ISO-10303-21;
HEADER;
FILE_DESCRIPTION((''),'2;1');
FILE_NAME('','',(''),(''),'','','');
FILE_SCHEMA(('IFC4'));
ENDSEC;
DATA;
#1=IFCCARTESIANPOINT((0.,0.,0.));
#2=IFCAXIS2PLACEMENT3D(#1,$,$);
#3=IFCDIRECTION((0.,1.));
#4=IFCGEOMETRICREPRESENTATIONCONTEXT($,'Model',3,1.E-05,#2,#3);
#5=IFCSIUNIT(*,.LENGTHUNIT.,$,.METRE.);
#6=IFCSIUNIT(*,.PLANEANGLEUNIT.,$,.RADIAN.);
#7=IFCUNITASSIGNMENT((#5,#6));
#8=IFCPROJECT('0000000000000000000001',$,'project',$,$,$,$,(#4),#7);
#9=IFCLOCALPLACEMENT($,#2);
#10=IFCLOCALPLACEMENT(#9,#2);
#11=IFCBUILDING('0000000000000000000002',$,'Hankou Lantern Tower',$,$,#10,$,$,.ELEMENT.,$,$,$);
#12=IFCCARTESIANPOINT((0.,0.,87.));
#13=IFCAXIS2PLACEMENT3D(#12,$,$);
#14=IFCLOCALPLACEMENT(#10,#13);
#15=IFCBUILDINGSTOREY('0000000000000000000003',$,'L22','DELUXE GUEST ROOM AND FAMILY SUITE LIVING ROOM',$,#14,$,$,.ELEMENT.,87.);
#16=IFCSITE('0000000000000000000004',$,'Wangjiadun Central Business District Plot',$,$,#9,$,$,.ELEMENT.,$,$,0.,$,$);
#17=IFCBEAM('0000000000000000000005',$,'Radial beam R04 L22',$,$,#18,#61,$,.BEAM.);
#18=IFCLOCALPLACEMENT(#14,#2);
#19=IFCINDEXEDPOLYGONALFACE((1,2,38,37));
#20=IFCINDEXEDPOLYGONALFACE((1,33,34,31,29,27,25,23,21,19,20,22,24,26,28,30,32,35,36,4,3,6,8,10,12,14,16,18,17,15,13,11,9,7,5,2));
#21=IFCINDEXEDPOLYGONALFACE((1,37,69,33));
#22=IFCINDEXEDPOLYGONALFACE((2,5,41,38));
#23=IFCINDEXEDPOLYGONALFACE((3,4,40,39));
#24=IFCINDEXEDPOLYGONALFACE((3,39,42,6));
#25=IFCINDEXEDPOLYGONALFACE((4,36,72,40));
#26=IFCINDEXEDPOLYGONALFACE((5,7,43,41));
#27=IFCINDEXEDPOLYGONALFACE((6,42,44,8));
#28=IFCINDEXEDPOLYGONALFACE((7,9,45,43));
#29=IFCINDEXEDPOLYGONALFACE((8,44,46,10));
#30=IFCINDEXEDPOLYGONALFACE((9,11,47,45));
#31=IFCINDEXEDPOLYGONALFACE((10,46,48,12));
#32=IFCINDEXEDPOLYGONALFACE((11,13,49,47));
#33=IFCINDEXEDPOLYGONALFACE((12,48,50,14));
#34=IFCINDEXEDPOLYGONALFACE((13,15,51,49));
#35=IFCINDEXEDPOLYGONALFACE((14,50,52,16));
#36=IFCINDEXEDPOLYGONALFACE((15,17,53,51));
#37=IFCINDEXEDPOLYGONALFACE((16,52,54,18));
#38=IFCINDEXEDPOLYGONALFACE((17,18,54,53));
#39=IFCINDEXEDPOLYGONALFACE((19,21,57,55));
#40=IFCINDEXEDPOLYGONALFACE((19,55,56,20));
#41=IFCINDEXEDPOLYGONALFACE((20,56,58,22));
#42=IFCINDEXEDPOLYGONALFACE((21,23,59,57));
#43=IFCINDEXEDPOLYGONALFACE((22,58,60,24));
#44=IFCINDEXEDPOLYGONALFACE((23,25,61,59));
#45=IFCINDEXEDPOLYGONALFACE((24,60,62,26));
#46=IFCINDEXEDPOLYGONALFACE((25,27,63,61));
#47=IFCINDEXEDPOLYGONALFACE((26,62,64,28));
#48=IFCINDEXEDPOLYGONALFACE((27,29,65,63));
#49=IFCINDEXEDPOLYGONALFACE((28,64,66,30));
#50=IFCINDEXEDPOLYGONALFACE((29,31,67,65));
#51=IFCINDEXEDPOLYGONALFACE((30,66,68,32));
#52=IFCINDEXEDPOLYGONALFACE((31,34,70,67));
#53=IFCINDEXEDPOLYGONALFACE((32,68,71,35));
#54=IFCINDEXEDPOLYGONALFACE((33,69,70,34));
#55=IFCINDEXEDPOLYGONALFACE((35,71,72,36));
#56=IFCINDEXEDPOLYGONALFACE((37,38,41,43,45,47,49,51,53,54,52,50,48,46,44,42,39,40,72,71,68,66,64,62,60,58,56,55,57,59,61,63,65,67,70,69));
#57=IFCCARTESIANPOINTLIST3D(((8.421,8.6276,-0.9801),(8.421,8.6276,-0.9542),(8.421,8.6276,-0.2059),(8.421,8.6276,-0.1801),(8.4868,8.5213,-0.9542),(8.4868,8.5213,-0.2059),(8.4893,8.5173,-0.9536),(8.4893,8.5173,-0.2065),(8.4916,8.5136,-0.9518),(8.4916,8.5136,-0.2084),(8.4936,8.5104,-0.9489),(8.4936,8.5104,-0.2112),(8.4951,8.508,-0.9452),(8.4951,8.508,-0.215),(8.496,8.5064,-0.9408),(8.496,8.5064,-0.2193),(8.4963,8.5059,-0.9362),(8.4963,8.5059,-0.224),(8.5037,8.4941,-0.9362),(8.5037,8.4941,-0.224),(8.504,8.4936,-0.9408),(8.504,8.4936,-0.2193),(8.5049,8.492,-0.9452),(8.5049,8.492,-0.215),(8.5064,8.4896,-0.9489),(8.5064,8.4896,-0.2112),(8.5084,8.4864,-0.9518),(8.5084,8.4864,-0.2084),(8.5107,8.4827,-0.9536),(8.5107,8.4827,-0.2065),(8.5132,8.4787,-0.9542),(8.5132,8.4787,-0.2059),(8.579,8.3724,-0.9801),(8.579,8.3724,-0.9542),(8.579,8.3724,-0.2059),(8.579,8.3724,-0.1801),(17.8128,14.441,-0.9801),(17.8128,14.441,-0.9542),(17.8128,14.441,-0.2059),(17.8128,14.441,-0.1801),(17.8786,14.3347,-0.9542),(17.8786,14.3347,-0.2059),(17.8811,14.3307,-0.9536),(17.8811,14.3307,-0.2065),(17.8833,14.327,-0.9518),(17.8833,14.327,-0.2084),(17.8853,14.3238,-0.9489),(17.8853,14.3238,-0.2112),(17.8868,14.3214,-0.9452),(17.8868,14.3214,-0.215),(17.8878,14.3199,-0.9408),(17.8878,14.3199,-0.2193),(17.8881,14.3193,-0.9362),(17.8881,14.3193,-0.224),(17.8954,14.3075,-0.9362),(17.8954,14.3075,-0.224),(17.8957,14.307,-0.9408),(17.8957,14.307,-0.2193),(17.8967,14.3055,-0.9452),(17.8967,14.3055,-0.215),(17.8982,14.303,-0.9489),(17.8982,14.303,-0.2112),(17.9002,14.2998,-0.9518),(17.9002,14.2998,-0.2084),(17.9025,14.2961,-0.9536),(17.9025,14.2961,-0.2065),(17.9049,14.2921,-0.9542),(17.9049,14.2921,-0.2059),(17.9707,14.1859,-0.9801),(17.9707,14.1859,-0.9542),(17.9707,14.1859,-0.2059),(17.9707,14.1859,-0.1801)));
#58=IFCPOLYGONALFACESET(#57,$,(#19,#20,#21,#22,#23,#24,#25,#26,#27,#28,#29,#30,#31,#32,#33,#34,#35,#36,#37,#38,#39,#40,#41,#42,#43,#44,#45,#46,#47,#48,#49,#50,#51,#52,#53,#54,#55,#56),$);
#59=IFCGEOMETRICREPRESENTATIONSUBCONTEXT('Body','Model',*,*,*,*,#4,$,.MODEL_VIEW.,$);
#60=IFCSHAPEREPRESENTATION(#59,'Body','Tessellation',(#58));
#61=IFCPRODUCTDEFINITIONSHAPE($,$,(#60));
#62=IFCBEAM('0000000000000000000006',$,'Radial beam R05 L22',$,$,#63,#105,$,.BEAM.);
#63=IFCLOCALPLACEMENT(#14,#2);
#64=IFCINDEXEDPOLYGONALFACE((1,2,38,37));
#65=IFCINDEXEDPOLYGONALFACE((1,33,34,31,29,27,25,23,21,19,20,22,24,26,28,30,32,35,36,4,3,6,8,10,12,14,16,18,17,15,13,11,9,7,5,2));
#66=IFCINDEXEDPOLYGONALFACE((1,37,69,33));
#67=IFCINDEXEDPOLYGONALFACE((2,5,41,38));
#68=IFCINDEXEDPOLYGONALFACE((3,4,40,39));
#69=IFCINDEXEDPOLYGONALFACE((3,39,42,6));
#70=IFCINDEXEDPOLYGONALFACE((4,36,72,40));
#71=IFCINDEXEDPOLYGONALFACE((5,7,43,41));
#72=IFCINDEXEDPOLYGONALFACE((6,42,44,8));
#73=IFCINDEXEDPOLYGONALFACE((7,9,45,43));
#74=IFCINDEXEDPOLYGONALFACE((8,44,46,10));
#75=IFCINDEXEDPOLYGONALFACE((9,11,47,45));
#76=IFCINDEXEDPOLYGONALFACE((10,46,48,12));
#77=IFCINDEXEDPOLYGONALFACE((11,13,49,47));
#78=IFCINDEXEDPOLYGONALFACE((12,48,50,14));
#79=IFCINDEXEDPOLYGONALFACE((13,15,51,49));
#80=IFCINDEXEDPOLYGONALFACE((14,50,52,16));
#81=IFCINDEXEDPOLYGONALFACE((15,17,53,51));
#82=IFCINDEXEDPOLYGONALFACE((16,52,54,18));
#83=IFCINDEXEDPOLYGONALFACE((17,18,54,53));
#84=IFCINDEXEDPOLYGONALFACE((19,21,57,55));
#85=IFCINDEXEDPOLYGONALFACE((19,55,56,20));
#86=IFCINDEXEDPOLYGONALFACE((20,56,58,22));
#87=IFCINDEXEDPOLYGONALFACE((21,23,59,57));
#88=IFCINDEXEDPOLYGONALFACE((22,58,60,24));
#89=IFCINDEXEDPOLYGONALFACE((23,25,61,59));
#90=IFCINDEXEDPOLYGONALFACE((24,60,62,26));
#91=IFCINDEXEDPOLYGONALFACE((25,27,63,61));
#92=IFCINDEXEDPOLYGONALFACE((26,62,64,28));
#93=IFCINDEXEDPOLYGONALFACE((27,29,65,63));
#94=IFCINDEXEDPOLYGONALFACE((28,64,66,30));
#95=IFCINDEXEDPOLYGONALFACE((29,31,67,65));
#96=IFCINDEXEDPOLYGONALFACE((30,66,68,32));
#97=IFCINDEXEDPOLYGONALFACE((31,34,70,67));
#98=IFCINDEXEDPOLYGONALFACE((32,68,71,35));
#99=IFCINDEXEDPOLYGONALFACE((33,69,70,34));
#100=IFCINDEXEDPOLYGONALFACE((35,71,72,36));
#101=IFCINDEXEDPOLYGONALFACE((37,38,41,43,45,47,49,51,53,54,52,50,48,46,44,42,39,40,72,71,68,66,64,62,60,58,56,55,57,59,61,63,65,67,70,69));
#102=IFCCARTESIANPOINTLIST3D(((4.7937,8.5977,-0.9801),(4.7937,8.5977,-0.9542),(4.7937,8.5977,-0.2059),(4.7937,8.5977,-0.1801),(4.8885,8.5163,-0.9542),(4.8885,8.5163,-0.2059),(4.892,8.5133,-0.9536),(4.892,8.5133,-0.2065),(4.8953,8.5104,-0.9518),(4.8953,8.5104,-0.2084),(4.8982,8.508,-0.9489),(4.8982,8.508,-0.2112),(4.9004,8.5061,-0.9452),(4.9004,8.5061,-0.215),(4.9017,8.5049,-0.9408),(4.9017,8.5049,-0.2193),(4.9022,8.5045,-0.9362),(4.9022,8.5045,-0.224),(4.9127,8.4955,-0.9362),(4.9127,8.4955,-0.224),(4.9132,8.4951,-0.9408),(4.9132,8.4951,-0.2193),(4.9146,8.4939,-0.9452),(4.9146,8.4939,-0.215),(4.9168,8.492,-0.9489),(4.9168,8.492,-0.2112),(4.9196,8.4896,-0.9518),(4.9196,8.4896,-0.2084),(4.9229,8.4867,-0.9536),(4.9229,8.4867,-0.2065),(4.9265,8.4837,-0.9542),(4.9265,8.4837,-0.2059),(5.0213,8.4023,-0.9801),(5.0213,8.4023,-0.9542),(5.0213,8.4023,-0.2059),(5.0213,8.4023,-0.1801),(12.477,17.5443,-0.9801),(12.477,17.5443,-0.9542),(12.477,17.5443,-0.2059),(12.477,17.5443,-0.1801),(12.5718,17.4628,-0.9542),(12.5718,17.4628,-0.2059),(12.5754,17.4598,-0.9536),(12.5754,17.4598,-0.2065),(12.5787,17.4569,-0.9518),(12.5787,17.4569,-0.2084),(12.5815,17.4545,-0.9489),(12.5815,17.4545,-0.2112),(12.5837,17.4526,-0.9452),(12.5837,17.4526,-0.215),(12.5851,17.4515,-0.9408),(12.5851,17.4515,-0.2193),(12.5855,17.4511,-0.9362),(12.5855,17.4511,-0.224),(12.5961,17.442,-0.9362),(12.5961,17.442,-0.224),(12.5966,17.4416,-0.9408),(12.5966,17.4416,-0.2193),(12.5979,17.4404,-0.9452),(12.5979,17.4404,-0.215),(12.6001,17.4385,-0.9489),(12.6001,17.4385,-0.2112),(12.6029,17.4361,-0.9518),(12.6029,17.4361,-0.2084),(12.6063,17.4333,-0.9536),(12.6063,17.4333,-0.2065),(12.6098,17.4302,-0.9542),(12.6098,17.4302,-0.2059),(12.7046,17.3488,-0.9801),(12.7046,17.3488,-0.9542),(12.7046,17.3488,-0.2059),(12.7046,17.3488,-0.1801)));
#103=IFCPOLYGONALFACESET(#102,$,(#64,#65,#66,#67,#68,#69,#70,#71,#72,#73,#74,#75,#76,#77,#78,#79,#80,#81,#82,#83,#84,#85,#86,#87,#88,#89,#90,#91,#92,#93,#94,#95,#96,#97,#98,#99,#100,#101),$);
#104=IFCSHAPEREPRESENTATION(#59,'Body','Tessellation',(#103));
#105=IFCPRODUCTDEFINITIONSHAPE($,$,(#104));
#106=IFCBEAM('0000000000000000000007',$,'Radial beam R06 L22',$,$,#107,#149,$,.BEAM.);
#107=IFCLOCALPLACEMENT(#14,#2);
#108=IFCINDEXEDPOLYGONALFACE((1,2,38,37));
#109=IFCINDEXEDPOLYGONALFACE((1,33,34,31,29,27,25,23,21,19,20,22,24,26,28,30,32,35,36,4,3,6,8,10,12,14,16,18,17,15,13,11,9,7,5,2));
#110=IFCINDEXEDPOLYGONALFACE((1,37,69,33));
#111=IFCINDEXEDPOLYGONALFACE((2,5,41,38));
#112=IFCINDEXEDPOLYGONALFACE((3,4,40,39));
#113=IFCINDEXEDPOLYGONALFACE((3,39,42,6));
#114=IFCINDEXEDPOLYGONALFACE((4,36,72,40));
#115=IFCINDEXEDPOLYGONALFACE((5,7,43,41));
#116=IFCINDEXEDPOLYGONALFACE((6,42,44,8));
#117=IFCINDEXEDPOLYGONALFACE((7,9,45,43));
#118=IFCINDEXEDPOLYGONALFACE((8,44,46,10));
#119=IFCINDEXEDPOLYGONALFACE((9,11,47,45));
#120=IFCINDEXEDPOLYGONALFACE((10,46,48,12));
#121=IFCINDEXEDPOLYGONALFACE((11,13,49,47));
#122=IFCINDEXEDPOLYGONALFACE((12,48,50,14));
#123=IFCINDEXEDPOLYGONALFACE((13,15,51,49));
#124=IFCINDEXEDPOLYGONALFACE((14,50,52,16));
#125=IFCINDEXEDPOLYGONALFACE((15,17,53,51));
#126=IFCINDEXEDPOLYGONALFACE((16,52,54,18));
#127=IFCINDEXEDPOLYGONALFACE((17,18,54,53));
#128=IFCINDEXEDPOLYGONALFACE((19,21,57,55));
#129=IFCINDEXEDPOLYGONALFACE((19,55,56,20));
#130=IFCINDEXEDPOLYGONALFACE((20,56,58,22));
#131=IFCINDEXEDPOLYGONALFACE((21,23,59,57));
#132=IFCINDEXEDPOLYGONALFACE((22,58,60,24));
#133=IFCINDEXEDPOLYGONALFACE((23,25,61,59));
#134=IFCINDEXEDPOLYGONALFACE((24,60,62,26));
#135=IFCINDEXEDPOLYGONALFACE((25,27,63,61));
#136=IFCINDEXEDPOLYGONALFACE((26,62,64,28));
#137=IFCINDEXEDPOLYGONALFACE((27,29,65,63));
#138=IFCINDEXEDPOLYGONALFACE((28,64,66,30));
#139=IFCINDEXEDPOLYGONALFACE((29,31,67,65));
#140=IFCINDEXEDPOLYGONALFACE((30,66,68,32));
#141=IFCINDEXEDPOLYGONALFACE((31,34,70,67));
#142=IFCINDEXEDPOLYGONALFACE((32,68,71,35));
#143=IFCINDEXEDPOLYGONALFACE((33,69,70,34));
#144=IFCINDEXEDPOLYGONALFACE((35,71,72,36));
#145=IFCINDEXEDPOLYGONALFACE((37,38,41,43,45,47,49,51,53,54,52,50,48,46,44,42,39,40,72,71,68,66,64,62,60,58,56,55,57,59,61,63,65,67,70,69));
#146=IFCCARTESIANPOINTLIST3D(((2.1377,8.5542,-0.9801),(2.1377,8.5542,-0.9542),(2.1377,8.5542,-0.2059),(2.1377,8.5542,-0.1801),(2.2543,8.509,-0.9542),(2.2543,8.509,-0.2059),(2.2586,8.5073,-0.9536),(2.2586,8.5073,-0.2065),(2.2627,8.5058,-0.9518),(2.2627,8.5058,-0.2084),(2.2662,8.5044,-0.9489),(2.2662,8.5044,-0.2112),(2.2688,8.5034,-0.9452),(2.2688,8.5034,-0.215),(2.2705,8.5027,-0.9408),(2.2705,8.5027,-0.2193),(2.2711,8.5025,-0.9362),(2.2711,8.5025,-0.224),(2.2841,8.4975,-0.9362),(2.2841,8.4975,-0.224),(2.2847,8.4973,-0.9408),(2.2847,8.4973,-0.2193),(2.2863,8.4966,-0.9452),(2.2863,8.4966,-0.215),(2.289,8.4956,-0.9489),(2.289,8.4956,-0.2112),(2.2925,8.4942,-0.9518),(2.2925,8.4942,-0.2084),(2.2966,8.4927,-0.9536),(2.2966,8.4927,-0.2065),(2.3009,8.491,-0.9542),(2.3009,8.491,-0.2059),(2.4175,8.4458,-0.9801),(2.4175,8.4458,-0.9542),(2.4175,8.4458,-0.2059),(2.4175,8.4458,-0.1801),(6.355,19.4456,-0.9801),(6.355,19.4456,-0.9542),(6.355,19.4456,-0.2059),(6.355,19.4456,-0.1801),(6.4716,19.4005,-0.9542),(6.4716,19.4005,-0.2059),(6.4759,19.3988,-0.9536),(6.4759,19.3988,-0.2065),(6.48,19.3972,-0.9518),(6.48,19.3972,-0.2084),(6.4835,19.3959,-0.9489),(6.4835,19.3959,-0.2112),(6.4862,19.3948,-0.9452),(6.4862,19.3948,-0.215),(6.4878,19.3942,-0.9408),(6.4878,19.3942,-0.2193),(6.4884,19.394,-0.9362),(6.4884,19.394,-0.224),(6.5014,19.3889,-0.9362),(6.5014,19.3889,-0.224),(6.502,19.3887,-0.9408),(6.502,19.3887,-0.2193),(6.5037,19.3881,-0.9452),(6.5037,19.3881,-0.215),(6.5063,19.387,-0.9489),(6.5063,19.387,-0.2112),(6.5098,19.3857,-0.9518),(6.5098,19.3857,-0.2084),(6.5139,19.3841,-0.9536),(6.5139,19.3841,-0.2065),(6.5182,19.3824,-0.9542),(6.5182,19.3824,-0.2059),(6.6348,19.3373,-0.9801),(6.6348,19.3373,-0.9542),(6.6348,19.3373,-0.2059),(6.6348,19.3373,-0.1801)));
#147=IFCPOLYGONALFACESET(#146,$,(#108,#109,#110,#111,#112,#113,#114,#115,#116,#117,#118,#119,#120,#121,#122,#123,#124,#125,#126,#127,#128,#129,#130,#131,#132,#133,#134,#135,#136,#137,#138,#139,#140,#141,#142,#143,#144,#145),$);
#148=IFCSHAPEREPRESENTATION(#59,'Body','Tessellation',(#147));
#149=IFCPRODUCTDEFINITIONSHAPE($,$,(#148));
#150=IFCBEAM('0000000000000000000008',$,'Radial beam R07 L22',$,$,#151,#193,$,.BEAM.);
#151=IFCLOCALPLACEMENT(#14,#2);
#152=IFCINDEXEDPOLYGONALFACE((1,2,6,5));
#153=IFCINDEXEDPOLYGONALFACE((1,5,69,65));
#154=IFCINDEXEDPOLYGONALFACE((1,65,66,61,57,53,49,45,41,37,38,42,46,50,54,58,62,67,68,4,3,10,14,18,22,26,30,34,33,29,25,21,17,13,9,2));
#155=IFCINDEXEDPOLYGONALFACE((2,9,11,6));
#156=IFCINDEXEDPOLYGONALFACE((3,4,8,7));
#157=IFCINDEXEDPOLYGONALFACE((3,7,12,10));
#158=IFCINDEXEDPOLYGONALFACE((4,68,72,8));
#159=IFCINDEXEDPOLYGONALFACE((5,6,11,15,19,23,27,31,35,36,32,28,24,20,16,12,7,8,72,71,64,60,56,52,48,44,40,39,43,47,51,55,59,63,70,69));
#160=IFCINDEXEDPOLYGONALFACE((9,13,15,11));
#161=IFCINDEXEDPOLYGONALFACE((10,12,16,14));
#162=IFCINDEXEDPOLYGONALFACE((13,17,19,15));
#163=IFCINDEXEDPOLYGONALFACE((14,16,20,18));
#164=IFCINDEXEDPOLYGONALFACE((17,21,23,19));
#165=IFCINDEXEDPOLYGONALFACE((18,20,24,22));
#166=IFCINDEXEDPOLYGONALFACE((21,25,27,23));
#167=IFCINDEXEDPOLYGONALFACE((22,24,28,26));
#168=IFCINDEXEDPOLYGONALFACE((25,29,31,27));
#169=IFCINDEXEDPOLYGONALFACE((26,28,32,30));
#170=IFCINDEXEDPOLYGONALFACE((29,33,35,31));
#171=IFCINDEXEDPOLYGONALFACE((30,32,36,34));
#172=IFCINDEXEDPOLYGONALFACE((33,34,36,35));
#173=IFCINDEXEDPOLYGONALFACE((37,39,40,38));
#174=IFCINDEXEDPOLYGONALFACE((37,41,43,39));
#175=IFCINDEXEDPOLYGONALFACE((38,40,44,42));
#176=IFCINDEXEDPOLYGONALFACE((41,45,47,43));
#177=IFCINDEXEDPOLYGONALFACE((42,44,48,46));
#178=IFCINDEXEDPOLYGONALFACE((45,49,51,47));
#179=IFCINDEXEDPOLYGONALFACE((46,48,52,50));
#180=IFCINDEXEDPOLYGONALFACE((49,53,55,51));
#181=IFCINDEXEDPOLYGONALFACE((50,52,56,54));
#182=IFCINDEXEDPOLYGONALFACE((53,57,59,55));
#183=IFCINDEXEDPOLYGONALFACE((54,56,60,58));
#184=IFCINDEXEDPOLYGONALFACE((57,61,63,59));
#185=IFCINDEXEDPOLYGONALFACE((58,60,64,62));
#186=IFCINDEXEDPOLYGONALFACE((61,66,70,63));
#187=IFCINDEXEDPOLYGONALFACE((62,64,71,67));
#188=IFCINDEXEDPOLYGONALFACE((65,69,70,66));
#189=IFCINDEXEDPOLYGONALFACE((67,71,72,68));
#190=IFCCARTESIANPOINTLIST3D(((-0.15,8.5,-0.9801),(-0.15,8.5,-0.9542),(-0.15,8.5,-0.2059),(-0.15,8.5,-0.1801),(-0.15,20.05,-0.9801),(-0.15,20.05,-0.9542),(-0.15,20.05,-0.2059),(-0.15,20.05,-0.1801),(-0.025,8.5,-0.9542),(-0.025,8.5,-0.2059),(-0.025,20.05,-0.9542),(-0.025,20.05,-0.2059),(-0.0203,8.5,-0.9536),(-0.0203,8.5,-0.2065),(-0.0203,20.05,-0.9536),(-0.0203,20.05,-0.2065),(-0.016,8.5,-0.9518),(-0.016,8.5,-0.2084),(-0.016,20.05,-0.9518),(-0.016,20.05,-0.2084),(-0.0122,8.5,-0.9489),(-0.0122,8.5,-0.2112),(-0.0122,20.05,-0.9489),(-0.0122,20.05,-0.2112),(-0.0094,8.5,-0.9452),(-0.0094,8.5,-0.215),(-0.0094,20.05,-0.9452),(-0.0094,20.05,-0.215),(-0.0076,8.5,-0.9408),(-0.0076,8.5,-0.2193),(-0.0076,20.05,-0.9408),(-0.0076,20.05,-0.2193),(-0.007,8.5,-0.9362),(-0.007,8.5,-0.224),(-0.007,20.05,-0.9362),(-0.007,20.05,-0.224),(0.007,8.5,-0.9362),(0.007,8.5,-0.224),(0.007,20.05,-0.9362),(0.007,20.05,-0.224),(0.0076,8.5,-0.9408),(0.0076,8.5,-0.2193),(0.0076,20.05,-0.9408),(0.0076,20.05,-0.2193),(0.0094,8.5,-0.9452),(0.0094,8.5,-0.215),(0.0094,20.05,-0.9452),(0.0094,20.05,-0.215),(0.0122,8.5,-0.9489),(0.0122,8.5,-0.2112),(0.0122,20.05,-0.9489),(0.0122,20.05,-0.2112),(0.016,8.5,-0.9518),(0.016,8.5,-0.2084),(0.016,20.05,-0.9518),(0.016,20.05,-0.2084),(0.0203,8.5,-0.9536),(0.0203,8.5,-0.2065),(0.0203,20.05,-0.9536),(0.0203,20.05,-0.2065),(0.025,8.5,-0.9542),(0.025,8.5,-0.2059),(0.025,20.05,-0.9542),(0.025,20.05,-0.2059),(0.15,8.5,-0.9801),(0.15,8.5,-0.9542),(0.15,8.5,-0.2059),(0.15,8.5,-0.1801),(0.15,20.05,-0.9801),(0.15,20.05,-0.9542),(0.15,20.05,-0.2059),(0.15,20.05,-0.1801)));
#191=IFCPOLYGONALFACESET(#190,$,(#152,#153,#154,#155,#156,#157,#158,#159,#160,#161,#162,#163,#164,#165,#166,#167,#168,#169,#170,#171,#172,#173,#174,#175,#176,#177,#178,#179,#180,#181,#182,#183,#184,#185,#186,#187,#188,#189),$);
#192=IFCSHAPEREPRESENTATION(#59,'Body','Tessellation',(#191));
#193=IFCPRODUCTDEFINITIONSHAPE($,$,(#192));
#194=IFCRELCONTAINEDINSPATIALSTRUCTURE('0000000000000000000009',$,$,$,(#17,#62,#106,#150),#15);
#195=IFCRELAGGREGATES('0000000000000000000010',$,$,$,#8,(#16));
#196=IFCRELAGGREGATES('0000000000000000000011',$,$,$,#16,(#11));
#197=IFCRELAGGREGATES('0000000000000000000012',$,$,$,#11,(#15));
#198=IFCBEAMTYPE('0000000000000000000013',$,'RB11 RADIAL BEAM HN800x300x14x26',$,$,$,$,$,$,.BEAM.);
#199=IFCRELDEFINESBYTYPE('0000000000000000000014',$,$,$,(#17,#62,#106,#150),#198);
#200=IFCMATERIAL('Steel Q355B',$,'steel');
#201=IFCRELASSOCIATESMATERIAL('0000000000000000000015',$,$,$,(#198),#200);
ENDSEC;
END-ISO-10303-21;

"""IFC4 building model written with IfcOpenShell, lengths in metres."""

from ifc_helpers import new_model, si_unit, direction, frame, origin, origin_2d, place, context, subcontext, project, spatial, i_section, extrude, material, material_profile, profile_set, type_object, element, save


model = new_model("IFC4")

# Units and contexts
model_context = context("Model", 3, precision=1e-05, world=origin(), true_north=direction((0.0, 1.0)))
body_context = subcontext(model_context, "Body", "Model", "MODEL_VIEW")
ifc_project = project(units=[si_unit("LENGTHUNIT", "METRE"), si_unit("PLANEANGLEUNIT", "RADIAN")], contexts=[model_context])

# Site, building, storey
site_placement = place(None, origin())
site = spatial("IfcSite", under=ifc_project, at=site_placement, Name="Wangjiadun Central Business District Plot", CompositionType="ELEMENT", RefElevation=0.0)
building_placement = place(site_placement, origin())
building = spatial("IfcBuilding", under=site, at=building_placement, Name="Hankou Lantern Tower", CompositionType="ELEMENT")
storey_placement = place(building_placement, frame((0.0, 0.0, 87.0)))
storey = spatial("IfcBuildingStorey", under=building, at=storey_placement, Name="L22", Description="DELUXE GUEST ROOM AND FAMILY SUITE LIVING ROOM", CompositionType="ELEMENT", Elevation=87.0)

# Beams
ifc_material_1 = material(Name="Steel Q355B", Category="steel")
ifc_material_profile_1 = material_profile(ifc_material_1, i_section(OverallWidth=0.3, OverallDepth=0.8, WebThickness=0.0139, FlangeThickness=0.0259, FilletRadius=0.0181, at=origin_2d()), Name="HN800x300x14x26")
ifc_profile_set_1 = profile_set([ifc_material_profile_1], Name="Steel Q355B")
beam_type_1 = type_object("IfcBeamType", Name="RB11 RADIAL BEAM HN800x300x14x26", PredefinedType="BEAM", material=ifc_profile_set_1)
beam_1_placement = place(storey_placement, frame((8.5, 8.5, -0.5801), z_axis=(0.850286, 0.52632, 0.0), x_axis=(-0.52632, 0.850286, 0.0)))
element("IfcBeam", 1, at=beam_1_placement, inside=storey, type_object=beam_type_1, Name="Radial beam R04 L22", PredefinedType="BEAM", context=body_context, shape_type="SweptSolid", body=[
    extrude(i_section(OverallWidth=0.3, OverallDepth=0.8, WebThickness=0.0139, FlangeThickness=0.0259, FilletRadius=0.0181, at=origin_2d()), origin(), (0.0, 0.0, 1.0), 11.0454),
])
beam_2_placement = place(storey_placement, frame((4.9075, 8.5, -0.5801), z_axis=(0.651519, 0.758632, 0.0), x_axis=(-0.758632, 0.651519, 0.0)))
element("IfcBeam", 2, at=beam_2_placement, inside=storey, type_object=beam_type_1, Name="Radial beam R05 L22", PredefinedType="BEAM", context=body_context, shape_type="SweptSolid", body=[
    extrude(i_section(OverallWidth=0.3, OverallDepth=0.8, WebThickness=0.0139, FlangeThickness=0.0259, FilletRadius=0.0181, at=origin_2d()), origin(), (0.0, 0.0, 1.0), 11.793),
])
beam_3_placement = place(storey_placement, frame((2.2776, 8.5, -0.5801), z_axis=(0.361089, 0.932531, 0.0), x_axis=(-0.932531, 0.361089, 0.0)))
element("IfcBeam", 3, at=beam_3_placement, inside=storey, type_object=beam_type_1, Name="Radial beam R06 L22", PredefinedType="BEAM", context=body_context, shape_type="SweptSolid", body=[
    extrude(i_section(OverallWidth=0.3, OverallDepth=0.8, WebThickness=0.0139, FlangeThickness=0.0259, FilletRadius=0.0181, at=origin_2d()), origin(), (0.0, 0.0, 1.0), 11.6794),
])
beam_4_placement = place(storey_placement, frame((0.0, 8.5, -0.5801), z_axis=(0.0, 1.0, 0.0), x_axis=(-1.0, 0.0, 0.0)))
element("IfcBeam", 4, at=beam_4_placement, inside=storey, type_object=beam_type_1, Name="Radial beam R07 L22", PredefinedType="BEAM", context=body_context, shape_type="SweptSolid", body=[
    extrude(i_section(OverallWidth=0.3, OverallDepth=0.8, WebThickness=0.0139, FlangeThickness=0.0259, FilletRadius=0.0181, at=origin_2d()), origin(), (0.0, 0.0, 1.0), 11.55),
])

save(model, "model.ifc")
